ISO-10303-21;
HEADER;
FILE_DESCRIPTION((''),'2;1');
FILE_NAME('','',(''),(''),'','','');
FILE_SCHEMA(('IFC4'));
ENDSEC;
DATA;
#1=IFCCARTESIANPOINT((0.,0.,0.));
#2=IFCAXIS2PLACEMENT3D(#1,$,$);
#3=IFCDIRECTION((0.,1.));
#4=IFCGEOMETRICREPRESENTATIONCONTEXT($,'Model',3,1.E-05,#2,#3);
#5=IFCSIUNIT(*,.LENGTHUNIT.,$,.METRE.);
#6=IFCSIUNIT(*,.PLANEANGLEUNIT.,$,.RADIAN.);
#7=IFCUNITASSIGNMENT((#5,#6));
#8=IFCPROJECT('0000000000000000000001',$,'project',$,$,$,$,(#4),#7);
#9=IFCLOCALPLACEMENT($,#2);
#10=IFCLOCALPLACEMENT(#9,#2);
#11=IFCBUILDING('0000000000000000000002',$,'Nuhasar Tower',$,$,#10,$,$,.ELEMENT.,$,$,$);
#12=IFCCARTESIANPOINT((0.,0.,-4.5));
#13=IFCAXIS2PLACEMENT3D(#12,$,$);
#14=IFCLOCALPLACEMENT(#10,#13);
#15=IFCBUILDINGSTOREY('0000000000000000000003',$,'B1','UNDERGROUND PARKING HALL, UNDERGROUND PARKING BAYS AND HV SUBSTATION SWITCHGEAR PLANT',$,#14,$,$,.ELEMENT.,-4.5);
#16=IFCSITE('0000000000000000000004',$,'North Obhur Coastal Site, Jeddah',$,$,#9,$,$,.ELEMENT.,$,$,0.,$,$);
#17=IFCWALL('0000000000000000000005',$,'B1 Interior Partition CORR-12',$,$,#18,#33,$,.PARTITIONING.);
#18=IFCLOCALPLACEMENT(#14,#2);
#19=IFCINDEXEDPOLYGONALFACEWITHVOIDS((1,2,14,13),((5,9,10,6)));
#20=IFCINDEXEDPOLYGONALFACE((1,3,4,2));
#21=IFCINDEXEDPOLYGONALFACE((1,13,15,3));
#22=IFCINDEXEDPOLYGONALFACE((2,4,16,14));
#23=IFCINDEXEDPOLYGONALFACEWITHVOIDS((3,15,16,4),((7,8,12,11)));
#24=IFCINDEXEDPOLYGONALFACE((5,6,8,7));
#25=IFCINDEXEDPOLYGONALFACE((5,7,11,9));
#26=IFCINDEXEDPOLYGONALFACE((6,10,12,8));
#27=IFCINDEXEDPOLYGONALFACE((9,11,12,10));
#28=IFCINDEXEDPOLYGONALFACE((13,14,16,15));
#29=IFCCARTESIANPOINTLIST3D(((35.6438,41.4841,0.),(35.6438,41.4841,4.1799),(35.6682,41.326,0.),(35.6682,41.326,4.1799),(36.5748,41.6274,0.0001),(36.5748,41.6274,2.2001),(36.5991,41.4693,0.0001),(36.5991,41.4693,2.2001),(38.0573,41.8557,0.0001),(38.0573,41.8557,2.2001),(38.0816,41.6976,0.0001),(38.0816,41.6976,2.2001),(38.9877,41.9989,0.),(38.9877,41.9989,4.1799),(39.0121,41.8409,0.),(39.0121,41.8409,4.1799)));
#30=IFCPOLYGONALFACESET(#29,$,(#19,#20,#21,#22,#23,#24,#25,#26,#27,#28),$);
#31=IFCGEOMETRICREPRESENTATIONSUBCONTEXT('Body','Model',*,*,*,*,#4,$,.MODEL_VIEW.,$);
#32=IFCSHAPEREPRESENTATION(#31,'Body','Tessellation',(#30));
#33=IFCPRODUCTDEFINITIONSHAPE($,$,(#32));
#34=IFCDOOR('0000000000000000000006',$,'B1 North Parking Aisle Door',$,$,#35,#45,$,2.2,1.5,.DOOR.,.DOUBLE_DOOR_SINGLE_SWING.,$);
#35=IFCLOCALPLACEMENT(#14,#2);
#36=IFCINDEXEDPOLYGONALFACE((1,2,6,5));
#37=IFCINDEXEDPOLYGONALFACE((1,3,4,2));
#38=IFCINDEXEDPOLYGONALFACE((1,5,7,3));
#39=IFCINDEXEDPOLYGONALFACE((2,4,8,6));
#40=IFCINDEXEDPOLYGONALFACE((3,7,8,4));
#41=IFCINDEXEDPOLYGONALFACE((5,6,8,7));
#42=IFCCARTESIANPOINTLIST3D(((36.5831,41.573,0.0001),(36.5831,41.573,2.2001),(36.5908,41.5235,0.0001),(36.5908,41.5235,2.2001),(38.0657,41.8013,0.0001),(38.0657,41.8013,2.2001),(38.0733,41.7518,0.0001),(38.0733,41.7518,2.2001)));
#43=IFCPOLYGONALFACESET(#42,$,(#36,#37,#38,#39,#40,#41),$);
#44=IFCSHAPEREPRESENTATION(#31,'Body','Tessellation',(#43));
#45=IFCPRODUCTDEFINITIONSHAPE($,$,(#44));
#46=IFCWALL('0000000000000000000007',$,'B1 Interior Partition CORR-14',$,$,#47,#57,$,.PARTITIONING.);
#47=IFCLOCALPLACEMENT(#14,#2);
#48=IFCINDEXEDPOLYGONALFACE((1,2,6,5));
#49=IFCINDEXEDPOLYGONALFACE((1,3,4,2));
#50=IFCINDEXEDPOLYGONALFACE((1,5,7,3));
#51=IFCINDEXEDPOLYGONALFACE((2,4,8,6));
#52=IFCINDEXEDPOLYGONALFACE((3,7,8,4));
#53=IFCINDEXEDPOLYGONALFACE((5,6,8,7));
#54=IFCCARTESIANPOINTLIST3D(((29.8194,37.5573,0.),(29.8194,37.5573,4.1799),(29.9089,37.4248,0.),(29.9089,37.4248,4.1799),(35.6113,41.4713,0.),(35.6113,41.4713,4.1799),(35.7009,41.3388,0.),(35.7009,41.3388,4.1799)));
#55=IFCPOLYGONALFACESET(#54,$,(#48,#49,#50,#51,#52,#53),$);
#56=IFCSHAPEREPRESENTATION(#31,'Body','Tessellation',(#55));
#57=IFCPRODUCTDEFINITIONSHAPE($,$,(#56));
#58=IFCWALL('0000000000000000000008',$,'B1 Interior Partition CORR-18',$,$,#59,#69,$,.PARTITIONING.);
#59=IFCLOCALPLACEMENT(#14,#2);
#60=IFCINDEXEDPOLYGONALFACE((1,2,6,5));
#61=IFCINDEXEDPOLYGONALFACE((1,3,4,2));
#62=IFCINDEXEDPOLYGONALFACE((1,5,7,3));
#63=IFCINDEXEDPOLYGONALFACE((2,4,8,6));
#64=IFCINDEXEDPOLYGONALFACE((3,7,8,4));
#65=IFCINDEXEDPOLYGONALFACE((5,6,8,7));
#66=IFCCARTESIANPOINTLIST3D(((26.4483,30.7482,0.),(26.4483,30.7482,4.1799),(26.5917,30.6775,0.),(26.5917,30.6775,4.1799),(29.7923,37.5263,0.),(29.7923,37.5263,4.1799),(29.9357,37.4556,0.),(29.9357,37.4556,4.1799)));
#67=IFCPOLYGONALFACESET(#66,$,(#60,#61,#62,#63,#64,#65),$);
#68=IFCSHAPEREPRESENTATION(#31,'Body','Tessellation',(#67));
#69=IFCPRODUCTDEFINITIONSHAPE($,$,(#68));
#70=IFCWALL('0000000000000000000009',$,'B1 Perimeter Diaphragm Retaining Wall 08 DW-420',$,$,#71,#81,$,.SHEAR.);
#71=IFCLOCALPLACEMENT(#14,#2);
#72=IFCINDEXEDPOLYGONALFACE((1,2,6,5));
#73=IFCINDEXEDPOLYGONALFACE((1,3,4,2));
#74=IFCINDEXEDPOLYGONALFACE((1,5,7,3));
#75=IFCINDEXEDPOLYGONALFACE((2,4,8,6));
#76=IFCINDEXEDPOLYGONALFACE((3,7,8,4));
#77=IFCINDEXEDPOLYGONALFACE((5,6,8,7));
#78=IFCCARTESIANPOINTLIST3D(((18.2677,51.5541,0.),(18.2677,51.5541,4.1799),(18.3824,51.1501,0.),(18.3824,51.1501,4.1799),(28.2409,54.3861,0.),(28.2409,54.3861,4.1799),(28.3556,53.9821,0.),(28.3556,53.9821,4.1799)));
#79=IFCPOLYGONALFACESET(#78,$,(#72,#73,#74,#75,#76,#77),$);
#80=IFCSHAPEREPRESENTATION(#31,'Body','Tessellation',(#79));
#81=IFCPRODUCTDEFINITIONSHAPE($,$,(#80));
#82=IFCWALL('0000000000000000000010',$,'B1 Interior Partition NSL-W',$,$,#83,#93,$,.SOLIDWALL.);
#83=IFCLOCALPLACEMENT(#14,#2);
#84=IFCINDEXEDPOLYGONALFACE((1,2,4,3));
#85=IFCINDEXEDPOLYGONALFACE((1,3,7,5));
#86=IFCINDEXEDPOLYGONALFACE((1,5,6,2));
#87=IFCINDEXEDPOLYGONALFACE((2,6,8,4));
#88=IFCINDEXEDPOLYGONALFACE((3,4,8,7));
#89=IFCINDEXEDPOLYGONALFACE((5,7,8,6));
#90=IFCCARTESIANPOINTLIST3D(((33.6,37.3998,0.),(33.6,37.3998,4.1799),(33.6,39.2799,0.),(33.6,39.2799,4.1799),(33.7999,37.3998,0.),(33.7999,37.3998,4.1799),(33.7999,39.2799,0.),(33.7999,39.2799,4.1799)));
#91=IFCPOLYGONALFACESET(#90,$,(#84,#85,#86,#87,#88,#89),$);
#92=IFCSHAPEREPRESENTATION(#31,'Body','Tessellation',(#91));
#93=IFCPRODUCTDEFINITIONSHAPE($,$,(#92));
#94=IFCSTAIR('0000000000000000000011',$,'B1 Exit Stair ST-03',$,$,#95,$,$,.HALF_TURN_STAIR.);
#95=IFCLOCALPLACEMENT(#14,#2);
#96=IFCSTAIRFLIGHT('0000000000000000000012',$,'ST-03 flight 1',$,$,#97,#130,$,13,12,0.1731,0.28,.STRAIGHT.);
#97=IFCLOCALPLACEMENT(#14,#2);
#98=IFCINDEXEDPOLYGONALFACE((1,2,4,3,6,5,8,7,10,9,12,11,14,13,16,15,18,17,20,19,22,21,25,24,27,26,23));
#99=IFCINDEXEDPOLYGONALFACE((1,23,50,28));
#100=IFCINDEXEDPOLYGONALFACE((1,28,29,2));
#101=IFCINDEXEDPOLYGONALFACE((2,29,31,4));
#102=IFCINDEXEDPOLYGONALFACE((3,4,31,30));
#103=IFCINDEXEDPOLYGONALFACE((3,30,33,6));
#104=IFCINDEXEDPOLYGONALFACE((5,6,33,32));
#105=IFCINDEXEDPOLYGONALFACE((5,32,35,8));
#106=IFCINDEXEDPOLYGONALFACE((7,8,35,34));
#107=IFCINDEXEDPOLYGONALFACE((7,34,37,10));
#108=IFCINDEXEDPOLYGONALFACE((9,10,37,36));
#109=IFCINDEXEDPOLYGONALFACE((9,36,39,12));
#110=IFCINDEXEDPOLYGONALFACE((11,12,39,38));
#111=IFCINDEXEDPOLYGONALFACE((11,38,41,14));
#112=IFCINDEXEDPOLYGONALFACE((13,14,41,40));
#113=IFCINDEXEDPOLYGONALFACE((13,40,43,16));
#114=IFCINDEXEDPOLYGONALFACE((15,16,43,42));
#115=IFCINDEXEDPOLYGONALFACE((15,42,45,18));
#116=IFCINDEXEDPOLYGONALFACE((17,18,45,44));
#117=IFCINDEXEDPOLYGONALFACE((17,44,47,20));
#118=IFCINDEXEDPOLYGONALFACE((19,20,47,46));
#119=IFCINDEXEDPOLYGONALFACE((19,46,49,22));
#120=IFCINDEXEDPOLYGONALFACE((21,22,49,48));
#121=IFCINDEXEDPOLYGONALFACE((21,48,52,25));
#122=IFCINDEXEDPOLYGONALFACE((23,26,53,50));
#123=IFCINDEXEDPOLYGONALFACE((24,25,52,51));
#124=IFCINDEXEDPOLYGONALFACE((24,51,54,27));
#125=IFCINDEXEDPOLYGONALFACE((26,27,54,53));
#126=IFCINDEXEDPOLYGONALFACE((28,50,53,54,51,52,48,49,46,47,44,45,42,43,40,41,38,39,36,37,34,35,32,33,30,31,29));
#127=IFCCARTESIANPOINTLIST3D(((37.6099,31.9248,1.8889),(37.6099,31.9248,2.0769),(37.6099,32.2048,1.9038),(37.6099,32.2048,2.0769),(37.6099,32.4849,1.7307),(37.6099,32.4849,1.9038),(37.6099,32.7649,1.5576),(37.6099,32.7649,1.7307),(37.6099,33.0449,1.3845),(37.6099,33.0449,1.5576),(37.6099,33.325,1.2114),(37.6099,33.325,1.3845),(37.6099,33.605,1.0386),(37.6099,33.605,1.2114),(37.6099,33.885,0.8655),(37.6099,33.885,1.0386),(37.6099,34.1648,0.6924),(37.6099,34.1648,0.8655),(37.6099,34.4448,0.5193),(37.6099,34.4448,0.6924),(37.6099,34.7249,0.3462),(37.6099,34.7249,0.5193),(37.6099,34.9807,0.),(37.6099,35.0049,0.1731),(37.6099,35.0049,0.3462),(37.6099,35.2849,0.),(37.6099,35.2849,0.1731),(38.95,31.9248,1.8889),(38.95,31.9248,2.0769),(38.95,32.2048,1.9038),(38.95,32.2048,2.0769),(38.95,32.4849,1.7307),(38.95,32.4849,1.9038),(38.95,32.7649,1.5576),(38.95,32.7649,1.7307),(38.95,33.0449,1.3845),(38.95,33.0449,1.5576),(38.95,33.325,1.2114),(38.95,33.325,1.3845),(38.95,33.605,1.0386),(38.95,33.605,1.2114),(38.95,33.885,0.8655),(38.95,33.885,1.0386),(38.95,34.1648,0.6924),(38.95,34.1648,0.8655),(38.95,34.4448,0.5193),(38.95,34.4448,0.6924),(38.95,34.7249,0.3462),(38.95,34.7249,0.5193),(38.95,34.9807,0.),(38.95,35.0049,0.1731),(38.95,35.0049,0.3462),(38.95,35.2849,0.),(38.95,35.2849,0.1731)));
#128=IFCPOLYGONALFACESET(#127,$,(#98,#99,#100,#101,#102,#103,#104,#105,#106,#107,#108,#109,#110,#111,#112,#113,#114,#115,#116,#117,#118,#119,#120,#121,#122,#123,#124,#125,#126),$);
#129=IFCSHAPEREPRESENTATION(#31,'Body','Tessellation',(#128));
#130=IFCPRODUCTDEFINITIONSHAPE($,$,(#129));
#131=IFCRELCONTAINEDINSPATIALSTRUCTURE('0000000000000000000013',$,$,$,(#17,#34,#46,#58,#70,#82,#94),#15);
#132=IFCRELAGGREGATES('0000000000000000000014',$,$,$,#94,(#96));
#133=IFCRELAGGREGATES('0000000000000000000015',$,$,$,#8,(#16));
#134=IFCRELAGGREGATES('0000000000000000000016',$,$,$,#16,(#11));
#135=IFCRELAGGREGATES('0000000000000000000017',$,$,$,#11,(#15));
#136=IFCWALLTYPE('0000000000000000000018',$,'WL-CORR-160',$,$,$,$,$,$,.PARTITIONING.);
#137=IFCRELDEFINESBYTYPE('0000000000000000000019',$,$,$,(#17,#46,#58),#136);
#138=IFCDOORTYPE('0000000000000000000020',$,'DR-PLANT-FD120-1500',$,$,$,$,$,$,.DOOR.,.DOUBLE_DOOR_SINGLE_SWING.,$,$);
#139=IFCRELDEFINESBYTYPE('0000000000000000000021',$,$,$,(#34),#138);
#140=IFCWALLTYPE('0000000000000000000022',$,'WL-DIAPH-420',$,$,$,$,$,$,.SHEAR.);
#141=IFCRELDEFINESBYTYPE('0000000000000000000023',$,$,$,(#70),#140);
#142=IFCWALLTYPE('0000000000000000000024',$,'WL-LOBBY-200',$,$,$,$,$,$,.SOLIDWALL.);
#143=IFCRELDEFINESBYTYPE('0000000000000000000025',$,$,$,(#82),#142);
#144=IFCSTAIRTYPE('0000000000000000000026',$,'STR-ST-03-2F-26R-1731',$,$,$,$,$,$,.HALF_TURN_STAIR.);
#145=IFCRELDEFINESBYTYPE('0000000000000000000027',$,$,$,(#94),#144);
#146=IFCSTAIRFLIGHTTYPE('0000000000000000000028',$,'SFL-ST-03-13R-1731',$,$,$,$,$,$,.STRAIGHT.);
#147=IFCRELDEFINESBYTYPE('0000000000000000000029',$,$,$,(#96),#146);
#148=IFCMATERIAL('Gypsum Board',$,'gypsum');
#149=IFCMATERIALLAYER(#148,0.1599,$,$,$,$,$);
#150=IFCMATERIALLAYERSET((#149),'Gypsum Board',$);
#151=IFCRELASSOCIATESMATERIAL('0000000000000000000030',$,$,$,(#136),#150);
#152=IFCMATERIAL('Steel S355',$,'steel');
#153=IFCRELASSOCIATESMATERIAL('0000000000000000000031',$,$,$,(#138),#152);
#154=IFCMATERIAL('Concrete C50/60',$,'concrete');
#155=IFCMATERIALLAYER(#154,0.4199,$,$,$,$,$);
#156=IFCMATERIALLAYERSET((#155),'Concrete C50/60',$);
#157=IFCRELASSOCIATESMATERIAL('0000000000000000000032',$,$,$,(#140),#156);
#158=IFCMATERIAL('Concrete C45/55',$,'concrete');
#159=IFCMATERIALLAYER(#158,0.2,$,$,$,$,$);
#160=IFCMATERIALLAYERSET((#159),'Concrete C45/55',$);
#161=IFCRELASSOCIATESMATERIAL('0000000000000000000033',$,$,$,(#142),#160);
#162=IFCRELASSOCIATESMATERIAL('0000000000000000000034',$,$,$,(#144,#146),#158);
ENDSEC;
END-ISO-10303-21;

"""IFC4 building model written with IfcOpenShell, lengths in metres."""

from ifc_helpers import new_model, si_unit, direction, frame, frame_2d, origin, place, context, subcontext, project, spatial, polyline, rectangle, outline, extrude, material, layer, layer_set, type_object, element, fill, aggregate, save


model = new_model("IFC4")

# Units and contexts
model_context = context("Model", 3, precision=1e-05, world=origin(), true_north=direction((0.0, 1.0)))
body_context = subcontext(model_context, "Body", "Model", "MODEL_VIEW")
ifc_project = project(units=[si_unit("LENGTHUNIT", "METRE"), si_unit("PLANEANGLEUNIT", "RADIAN")], contexts=[model_context])

# Site, building, storey
site_placement = place(None, origin())
site = spatial("IfcSite", under=ifc_project, at=site_placement, Name="North Obhur Coastal Site, Jeddah", CompositionType="ELEMENT", RefElevation=0.0)
building_placement = place(site_placement, origin())
building = spatial("IfcBuilding", under=site, at=building_placement, Name="Nuhasar Tower", CompositionType="ELEMENT")
storey_placement = place(building_placement, frame((0.0, 0.0, -4.5)))
storey = spatial("IfcBuildingStorey", under=building, at=storey_placement, Name="B1", Description="UNDERGROUND PARKING HALL, UNDERGROUND PARKING BAYS AND HV SUBSTATION SWITCHGEAR PLANT", CompositionType="ELEMENT", Elevation=-4.5)

# Shared definitions
ifc_material_1 = material(Name="Steel S355", Category="steel")

# Wall, opening, door
ifc_material_2 = material(Name="Concrete C50/60", Category="concrete")
ifc_material_3 = material(Name="Gypsum Board", Category="gypsum")
ifc_layer_1 = layer(ifc_material_3, 0.1599)
ifc_layer_set_1 = layer_set([ifc_layer_1], Name="Gypsum Board")
wall_type_1 = type_object("IfcWallType", Name="WL-CORR-160", PredefinedType="PARTITIONING", material=ifc_layer_set_1)
wall_1_placement = place(storey_placement, frame((35.656, 41.405, 0.0), z_axis=(0.0, 0.0, 1.0), x_axis=(0.988353, 0.152182, 0.0)))
wall_1 = element("IfcWall", 1, at=wall_1_placement, inside=storey, type_object=wall_type_1, Name="B1 Interior Partition CORR-12", PredefinedType="PARTITIONING", context=body_context, shape_type="SweptSolid", body=[
    extrude(rectangle(XDim=3.3833, YDim=0.1599, at=frame_2d((1.6917, 0.0))), origin(), (0.0, 0.0, 1.0), 4.1799),
])
opening_1_placement = place(wall_1_placement, frame((0.9419, 0.0, 0.0)))
opening_1 = element("IfcOpeningElement", 2, at=opening_1_placement, cuts=wall_1, PredefinedType="OPENING", context=body_context, shape_type="SweptSolid", body=[
    extrude(rectangle(XDim=1.5, YDim=2.2, at=frame_2d((0.75, 1.1001))), frame((0.0, 0.0898, 0.0), z_axis=(0.0, -1.0, 0.0), x_axis=(1.0, 0.0, 0.0)), (0.0, 0.0, 1.0), 0.1799),
])
door_type_1 = type_object("IfcDoorType", Name="DR-PLANT-FD120-1500", OperationType="DOUBLE_DOOR_SINGLE_SWING", PredefinedType="DOOR", material=ifc_material_1)
door_1_placement = place(opening_1_placement, origin())
door_1 = element("IfcDoor", 3, at=door_1_placement, inside=storey, type_object=door_type_1, Name="B1 North Parking Aisle Door", OperationType="DOUBLE_DOOR_SINGLE_SWING", OverallHeight=2.2, OverallWidth=1.5, PredefinedType="DOOR", context=body_context, shape_type="SweptSolid", body=[
    extrude(rectangle(XDim=1.5, YDim=2.2, at=frame_2d((0.75, 1.1001))), frame((0.0, 0.0249, 0.0), z_axis=(0.0, -1.0, 0.0), x_axis=(1.0, 0.0, 0.0)), (0.0, 0.0, 1.0), 0.05),
])
fill(opening_1, door_1)

# Walls
wall_2_placement = place(storey_placement, frame((35.656, 41.405, 0.0), z_axis=(0.0, 0.0, 1.0), x_axis=(-0.828552, -0.559912, 0.0)))
element("IfcWall", 4, at=wall_2_placement, inside=storey, type_object=wall_type_1, Name="B1 Interior Partition CORR-14", PredefinedType="PARTITIONING", context=body_context, shape_type="SweptSolid", body=[
    extrude(rectangle(XDim=6.9905, YDim=0.1599, at=frame_2d((3.4951, 0.0))), origin(), (0.0, 0.0, 1.0), 4.1799),
])
wall_3_placement = place(storey_placement, frame((29.864, 37.491, 0.0), z_axis=(0.0, 0.0, 1.0), x_axis=(-0.442439, -0.896798, 0.0)))
element("IfcWall", 5, at=wall_3_placement, inside=storey, type_object=wall_type_1, Name="B1 Interior Partition CORR-18", PredefinedType="PARTITIONING", context=body_context, shape_type="SweptSolid", body=[
    extrude(rectangle(XDim=7.5581, YDim=0.1599, at=frame_2d((3.7791, 0.0))), origin(), (0.0, 0.0, 1.0), 4.1799),
])
ifc_layer_2 = layer(ifc_material_2, 0.4199)
ifc_layer_set_2 = layer_set([ifc_layer_2], Name="Concrete C50/60")
wall_type_2 = type_object("IfcWallType", Name="WL-DIAPH-420", PredefinedType="SHEAR", material=ifc_layer_set_2)
wall_4_placement = place(storey_placement, frame((28.2981, 54.1841, 0.0), z_axis=(0.0, 0.0, 1.0), x_axis=(-0.961967, -0.273166, 0.0)))
element("IfcWall", 6, at=wall_4_placement, inside=storey, type_object=wall_type_2, Name="B1 Perimeter Diaphragm Retaining Wall 08 DW-420", PredefinedType="SHEAR", context=body_context, shape_type="SweptSolid", body=[
    extrude(rectangle(XDim=10.3674, YDim=0.4199, at=frame_2d((5.1836, 0.0))), origin(), (0.0, 0.0, 1.0), 4.1799),
])
ifc_material_4 = material(Name="Concrete C45/55", Category="concrete")
ifc_layer_3 = layer(ifc_material_4, 0.2)
ifc_layer_set_3 = layer_set([ifc_layer_3], Name="Concrete C45/55")
wall_type_3 = type_object("IfcWallType", Name="WL-LOBBY-200", PredefinedType="SOLIDWALL", material=ifc_layer_set_3)
wall_5_placement = place(storey_placement, frame((33.7, 37.3999, 0.0), z_axis=(0.0, 0.0, 1.0), x_axis=(0.0, 1.0, 0.0)))
element("IfcWall", 7, at=wall_5_placement, inside=storey, type_object=wall_type_3, Name="B1 Interior Partition NSL-W", PredefinedType="SOLIDWALL", context=body_context, shape_type="SweptSolid", body=[
    extrude(rectangle(XDim=1.8801, YDim=0.2, at=frame_2d((0.9399, 0.0))), origin(), (0.0, 0.0, 1.0), 4.1799),
])

# Stair, stair flight
stair_type = type_object("IfcStairType", Name="STR-ST-03-2F-26R-1731", PredefinedType="HALF_TURN_STAIR", material=ifc_material_4)
stair_placement = place(storey_placement, origin())
stair = element("IfcStair", 8, at=stair_placement, inside=storey, type_object=stair_type, Name="B1 Exit Stair ST-03", PredefinedType="HALF_TURN_STAIR")
stair_flight_type = type_object("IfcStairFlightType", Name="SFL-ST-03-13R-1731", PredefinedType="STRAIGHT", material=ifc_material_4)
stair_flight_placement = place(storey_placement, frame((38.28, 35.2849, 0.0), z_axis=(0.0, 0.0, 1.0), x_axis=(0.0, -1.0, 0.0)))
stair_flight = element("IfcStairFlight", 9, at=stair_flight_placement, type_object=stair_flight_type, Name="ST-03 flight 1", NumberOfRisers=13, NumberOfTreads=12, PredefinedType="STRAIGHT", RiserHeight=0.1731, TreadLength=0.28, context=body_context, shape_type="SweptSolid", body=[
    extrude(outline(polyline([(0.0, 0.0), (0.0, 0.1731), (0.28, 0.1731), (0.28, 0.3462), (0.5601, 0.3462), (0.5601, 0.5193), (0.8401, 0.5193), (0.8401, 0.6924), (1.1201, 0.6924), (1.1201, 0.8655), (1.3999, 0.8655), (1.3999, 1.0386), (1.6799, 1.0386), (1.6799, 1.2114), (1.96, 1.2114), (1.96, 1.3845), (2.24, 1.3845), (2.24, 1.5576), (2.52, 1.5576), (2.52, 1.7307), (2.8, 1.7307), (2.8, 1.9038), (3.0801, 1.9038), (3.0801, 2.0769), (3.3601, 2.0769), (3.3601, 2.25), (3.3601, 1.8889), (0.3042, 0.0), (0.0, 0.0)])), frame((0.0, 0.6699, 0.0), z_axis=(0.0, -1.0, 0.0), x_axis=(1.0, 0.0, 0.0)), (0.0, 0.0, 1.0), 1.3401),
])
aggregate(stair, [stair_flight])

save(model, "model.ifc")
